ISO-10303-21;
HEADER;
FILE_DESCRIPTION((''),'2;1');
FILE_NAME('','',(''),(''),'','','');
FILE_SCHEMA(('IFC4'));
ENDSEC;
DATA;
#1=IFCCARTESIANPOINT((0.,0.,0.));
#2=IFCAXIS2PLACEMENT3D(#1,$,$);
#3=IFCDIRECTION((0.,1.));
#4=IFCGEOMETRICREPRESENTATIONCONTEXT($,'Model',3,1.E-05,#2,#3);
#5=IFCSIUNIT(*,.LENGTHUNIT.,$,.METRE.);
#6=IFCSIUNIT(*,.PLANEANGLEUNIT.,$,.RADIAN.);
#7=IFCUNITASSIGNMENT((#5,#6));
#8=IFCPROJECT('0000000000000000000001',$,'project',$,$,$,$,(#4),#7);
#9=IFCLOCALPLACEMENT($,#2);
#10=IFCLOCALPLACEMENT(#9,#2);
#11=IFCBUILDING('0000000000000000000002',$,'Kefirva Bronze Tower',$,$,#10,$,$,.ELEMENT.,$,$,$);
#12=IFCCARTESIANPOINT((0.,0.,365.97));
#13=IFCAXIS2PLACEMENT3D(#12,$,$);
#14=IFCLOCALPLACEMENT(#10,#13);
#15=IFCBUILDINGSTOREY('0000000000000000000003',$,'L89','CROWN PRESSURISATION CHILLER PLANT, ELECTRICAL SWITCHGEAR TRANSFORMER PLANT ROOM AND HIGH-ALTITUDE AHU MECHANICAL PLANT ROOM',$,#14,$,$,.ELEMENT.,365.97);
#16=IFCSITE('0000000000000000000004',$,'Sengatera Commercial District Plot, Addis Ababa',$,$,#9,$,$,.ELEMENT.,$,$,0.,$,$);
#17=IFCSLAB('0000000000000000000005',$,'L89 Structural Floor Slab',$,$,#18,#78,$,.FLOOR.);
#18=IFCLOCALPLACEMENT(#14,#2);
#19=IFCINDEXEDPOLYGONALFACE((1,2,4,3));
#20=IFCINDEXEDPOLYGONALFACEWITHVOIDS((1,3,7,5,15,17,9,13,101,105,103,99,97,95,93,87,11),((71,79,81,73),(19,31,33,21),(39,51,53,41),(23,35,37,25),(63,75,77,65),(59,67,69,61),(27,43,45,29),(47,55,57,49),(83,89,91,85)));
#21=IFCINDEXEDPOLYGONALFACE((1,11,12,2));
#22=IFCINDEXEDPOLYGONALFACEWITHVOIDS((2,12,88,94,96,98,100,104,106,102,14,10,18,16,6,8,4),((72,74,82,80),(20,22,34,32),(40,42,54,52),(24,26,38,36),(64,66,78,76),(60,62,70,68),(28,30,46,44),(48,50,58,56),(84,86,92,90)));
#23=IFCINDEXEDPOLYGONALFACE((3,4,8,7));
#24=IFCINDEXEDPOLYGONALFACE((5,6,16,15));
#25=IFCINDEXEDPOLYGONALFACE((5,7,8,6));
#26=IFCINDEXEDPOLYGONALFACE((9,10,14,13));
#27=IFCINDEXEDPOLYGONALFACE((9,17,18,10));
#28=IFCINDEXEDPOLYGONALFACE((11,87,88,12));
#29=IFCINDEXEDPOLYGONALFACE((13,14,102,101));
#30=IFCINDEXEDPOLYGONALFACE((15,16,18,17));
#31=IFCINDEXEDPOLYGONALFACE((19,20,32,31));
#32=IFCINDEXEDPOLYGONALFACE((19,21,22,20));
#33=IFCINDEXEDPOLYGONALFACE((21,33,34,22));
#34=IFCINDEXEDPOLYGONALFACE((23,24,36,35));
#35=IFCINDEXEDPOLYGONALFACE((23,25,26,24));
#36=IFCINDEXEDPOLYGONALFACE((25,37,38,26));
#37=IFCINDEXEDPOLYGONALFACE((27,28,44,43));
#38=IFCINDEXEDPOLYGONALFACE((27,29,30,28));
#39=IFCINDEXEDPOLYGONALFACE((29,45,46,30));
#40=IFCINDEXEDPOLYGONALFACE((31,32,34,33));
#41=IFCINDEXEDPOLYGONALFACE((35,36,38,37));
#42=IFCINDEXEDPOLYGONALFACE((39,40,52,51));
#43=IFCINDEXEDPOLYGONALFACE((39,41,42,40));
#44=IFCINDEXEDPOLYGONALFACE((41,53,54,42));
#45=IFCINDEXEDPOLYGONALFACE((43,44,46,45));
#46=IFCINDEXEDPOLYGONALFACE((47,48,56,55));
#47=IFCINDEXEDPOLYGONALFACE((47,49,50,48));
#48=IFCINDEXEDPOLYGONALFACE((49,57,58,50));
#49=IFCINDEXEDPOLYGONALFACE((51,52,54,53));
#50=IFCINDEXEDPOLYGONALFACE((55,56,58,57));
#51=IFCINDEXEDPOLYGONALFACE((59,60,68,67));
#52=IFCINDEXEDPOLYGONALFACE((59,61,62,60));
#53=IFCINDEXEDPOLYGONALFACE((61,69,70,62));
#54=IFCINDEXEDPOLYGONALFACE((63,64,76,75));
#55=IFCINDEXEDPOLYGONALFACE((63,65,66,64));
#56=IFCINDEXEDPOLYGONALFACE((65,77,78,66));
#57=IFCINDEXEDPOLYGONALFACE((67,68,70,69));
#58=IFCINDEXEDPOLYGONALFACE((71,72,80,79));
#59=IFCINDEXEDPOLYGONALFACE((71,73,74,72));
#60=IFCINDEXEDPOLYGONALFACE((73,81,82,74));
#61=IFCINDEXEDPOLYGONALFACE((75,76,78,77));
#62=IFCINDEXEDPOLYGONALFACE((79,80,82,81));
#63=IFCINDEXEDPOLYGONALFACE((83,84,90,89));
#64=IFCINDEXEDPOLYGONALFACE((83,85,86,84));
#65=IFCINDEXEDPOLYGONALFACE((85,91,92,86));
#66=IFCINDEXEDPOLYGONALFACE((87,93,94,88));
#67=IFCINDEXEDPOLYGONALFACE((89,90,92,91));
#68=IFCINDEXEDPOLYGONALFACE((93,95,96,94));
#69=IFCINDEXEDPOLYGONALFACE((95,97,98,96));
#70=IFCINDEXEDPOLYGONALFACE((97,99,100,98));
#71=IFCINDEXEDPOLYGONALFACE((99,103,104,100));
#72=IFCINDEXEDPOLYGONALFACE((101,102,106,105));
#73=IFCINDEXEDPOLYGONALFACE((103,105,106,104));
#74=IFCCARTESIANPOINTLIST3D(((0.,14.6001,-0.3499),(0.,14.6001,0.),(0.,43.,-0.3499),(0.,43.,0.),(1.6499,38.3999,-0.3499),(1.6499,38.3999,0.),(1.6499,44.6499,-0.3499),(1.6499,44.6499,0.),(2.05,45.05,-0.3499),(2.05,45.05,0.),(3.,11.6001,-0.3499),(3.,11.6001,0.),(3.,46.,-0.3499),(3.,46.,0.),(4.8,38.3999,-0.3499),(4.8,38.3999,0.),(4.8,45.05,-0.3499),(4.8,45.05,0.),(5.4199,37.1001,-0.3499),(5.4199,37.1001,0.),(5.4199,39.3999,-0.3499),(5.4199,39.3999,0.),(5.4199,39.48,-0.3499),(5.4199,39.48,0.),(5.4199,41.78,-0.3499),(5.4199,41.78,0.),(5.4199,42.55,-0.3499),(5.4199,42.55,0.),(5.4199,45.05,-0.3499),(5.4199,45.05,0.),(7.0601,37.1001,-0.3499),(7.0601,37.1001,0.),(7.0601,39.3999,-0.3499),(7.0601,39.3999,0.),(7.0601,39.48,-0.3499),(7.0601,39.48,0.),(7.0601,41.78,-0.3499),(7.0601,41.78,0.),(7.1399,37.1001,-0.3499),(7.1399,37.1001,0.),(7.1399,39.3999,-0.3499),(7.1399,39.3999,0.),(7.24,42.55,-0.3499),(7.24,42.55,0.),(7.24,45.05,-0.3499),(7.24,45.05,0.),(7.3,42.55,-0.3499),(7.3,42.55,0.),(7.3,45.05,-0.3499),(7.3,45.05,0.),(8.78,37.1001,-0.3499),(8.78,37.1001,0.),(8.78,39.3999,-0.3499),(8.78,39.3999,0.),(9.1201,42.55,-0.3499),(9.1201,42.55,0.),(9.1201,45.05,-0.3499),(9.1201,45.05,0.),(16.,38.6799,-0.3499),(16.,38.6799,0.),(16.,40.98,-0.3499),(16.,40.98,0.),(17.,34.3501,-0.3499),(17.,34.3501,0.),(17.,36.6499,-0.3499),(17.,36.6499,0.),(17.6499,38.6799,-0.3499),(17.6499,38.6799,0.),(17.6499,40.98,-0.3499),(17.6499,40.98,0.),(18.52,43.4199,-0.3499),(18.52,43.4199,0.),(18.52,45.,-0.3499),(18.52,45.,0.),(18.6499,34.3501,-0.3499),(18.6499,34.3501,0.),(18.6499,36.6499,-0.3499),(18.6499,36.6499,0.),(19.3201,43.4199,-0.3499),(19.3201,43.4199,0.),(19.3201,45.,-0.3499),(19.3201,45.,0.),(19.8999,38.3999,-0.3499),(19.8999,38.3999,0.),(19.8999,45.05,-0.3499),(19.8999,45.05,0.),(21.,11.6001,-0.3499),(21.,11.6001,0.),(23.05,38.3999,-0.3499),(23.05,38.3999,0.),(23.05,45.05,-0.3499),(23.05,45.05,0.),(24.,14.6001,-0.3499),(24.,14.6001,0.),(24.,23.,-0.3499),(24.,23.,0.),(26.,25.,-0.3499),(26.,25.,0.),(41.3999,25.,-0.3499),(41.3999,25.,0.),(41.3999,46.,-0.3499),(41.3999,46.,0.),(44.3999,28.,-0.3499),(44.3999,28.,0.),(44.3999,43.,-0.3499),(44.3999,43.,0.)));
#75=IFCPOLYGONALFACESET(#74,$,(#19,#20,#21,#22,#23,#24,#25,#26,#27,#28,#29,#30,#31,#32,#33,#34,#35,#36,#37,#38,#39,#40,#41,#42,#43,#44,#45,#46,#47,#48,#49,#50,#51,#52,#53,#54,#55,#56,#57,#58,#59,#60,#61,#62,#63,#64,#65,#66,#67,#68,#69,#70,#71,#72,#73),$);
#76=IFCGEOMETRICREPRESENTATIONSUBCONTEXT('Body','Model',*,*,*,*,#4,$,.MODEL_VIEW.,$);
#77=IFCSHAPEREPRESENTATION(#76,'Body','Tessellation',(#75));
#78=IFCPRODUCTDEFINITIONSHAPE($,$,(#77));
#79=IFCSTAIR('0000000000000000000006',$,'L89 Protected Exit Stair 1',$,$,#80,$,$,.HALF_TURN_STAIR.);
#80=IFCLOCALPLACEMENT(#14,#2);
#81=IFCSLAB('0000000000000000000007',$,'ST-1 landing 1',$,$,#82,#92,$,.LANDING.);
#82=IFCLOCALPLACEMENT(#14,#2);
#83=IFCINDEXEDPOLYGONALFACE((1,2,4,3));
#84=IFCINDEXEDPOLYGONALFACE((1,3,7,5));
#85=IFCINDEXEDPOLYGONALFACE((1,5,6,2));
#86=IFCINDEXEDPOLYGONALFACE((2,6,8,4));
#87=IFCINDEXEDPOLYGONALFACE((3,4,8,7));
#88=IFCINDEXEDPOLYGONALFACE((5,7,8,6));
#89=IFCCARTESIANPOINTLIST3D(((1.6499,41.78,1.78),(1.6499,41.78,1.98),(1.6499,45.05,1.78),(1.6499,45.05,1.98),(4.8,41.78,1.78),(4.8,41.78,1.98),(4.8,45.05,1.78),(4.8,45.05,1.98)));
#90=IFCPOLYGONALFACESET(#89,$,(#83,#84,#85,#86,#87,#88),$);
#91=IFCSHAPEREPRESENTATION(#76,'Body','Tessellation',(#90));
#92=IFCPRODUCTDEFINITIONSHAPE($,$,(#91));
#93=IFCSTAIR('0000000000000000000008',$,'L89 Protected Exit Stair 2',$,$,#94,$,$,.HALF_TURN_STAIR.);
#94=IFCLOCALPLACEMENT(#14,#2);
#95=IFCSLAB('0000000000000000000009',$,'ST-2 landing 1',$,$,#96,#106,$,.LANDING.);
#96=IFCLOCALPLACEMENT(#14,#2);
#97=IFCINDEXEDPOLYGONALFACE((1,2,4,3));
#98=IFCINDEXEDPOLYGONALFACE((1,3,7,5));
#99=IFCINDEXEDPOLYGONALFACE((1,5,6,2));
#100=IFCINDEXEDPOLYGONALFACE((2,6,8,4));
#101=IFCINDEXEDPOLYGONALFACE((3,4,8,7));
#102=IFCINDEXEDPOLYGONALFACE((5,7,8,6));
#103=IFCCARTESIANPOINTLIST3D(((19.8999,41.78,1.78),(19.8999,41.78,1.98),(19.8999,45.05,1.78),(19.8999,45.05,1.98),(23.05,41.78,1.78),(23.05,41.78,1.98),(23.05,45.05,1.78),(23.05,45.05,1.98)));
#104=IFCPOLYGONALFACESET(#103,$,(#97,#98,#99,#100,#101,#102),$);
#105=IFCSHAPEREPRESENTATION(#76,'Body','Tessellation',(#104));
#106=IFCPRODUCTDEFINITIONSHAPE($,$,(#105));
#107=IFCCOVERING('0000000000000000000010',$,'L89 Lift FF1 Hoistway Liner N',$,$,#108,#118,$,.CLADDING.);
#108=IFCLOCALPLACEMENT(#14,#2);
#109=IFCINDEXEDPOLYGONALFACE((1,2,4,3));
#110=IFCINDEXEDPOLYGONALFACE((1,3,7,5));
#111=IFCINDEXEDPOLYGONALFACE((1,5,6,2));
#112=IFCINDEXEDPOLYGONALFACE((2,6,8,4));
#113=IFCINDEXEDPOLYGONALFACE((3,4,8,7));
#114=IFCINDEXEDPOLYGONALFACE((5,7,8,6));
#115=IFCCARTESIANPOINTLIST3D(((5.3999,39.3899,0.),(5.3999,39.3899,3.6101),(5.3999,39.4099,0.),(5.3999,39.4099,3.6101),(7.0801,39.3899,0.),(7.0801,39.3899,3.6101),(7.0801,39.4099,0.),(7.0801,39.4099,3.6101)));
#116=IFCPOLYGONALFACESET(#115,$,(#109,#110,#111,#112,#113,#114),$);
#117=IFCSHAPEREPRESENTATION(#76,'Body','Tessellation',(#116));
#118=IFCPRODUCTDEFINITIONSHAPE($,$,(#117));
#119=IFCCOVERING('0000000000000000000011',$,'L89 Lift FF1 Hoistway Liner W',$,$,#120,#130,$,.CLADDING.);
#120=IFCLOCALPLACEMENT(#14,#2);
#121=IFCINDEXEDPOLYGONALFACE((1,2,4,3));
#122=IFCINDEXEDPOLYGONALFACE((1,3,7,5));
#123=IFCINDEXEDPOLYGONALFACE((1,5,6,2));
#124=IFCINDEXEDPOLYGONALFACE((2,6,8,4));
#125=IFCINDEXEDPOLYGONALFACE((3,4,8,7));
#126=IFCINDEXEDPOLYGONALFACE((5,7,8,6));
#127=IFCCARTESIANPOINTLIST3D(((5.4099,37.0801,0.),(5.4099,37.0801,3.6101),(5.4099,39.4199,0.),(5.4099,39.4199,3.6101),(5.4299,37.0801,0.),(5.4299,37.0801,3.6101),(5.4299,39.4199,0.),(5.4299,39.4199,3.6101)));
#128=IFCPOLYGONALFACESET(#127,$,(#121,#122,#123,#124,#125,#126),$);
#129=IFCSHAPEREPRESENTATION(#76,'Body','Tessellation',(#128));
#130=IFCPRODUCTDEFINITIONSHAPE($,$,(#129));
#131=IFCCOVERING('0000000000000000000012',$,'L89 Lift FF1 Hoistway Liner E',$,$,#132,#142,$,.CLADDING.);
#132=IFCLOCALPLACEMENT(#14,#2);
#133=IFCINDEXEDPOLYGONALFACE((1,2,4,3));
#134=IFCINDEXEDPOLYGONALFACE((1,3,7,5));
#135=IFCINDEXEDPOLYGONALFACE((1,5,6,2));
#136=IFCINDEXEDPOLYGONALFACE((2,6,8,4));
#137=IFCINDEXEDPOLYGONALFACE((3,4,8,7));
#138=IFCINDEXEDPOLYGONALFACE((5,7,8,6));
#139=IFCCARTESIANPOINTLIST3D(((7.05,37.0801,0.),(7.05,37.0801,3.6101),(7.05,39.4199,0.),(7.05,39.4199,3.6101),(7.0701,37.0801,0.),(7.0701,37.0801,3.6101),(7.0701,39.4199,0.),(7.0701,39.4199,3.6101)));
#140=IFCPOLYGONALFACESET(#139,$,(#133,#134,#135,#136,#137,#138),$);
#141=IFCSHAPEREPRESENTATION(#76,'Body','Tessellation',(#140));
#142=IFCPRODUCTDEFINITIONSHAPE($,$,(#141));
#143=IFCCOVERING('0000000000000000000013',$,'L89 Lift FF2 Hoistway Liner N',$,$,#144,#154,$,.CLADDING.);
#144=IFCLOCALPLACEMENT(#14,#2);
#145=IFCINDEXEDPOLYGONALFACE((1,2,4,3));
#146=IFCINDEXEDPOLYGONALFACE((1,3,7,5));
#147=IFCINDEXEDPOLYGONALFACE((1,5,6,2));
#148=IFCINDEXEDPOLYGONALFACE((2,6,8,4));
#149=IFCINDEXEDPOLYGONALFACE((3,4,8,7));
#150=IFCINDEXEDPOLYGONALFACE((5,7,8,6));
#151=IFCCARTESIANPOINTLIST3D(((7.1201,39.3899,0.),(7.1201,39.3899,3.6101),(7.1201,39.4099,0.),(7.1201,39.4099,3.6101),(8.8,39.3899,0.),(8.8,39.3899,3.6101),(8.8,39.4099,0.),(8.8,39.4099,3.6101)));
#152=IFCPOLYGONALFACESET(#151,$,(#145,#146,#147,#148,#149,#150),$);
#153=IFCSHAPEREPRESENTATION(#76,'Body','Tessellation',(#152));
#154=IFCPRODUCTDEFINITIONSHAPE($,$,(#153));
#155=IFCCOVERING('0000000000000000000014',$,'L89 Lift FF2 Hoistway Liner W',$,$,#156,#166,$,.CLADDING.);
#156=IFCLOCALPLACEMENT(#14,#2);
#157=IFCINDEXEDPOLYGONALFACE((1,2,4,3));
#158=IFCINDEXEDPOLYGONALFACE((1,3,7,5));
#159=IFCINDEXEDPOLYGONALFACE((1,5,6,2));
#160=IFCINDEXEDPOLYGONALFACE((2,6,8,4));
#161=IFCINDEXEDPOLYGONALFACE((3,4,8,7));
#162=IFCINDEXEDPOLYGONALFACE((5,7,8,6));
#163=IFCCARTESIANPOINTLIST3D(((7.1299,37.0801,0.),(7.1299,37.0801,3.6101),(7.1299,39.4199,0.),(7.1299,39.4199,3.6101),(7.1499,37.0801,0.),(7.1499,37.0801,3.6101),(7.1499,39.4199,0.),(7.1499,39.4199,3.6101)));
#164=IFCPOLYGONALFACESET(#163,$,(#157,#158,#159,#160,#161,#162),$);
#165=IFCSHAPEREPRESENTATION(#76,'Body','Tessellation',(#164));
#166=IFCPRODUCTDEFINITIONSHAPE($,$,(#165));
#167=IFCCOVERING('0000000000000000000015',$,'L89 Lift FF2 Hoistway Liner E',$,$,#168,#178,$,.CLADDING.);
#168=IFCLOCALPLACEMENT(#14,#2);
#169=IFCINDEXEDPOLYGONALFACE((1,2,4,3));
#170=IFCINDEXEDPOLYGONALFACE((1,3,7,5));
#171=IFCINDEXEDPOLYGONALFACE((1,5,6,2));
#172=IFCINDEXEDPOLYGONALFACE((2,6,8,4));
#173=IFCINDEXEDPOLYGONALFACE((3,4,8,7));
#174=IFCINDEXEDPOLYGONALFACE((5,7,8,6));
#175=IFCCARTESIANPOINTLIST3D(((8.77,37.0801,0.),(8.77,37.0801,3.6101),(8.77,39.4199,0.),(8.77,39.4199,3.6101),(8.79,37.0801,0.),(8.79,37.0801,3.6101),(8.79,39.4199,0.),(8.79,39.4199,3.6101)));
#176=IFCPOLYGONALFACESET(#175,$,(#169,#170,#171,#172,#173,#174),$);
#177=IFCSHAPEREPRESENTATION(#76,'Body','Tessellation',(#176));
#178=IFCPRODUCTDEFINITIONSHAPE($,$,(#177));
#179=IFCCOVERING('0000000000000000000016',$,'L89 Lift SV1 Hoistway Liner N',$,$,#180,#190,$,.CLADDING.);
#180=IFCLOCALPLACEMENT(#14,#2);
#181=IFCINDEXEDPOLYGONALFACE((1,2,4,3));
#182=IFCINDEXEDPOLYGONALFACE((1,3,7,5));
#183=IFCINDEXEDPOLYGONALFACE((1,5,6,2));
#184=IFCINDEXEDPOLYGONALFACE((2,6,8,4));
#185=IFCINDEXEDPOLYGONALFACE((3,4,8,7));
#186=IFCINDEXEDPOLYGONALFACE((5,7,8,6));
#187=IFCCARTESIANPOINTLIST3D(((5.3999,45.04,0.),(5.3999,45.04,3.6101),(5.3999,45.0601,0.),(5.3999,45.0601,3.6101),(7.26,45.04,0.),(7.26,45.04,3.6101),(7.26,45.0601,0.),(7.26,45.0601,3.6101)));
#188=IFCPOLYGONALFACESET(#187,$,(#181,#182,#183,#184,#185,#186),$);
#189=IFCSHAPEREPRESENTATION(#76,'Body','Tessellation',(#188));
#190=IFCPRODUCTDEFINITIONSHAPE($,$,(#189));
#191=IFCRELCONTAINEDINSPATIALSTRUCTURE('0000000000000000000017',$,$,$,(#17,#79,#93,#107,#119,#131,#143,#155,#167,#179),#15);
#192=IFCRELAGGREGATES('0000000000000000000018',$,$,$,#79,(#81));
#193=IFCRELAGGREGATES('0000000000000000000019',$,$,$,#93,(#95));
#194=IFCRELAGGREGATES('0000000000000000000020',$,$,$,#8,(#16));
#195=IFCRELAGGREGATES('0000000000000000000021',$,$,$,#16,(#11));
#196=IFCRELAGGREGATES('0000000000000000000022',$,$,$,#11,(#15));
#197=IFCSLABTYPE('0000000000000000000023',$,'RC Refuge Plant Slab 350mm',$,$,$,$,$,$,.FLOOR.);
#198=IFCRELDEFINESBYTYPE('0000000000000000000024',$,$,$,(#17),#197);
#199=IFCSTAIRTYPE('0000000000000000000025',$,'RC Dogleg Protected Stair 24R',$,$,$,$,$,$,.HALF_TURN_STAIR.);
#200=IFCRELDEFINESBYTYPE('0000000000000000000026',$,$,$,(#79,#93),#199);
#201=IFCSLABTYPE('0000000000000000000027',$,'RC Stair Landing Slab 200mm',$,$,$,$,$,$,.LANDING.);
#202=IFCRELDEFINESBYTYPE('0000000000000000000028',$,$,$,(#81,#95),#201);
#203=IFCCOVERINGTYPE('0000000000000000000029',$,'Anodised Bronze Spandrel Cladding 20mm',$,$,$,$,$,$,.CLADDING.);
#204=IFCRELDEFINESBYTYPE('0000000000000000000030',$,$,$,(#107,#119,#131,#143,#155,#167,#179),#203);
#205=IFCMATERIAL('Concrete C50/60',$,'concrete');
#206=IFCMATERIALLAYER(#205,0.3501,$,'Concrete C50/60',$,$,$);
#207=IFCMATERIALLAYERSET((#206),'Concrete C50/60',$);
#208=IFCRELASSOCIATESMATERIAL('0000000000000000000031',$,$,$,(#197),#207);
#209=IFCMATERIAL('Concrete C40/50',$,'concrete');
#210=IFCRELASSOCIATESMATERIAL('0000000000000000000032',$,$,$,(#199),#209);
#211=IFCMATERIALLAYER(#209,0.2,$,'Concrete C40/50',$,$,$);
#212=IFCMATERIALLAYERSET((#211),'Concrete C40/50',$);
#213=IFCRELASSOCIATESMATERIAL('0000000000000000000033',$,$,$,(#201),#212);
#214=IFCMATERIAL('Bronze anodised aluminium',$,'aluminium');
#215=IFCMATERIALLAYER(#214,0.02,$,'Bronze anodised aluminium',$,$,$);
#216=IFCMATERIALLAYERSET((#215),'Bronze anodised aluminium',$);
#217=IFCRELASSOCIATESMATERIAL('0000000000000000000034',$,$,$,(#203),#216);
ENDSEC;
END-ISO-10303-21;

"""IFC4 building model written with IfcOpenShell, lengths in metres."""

from ifc_helpers import new_model, si_unit, direction, frame, origin, place, context, subcontext, project, spatial, polyline, outline, extrude, material, layer, layer_set, type_object, element, aggregate, save


model = new_model("IFC4")

# Units and contexts
model_context = context("Model", 3, precision=1e-05, world=origin(), true_north=direction((0.0, 1.0)))
body_context = subcontext(model_context, "Body", "Model", "MODEL_VIEW")
ifc_project = project(units=[si_unit("LENGTHUNIT", "METRE"), si_unit("PLANEANGLEUNIT", "RADIAN")], contexts=[model_context])

# Site, building, storey
site_placement = place(None, origin())
site = spatial("IfcSite", under=ifc_project, at=site_placement, Name="Sengatera Commercial District Plot, Addis Ababa", CompositionType="ELEMENT", RefElevation=0.0)
building_placement = place(site_placement, origin())
building = spatial("IfcBuilding", under=site, at=building_placement, Name="Kefirva Bronze Tower", CompositionType="ELEMENT")
storey_placement = place(building_placement, frame((0.0, 0.0, 365.97)))
storey = spatial("IfcBuildingStorey", under=building, at=storey_placement, Name="L89", Description="CROWN PRESSURISATION CHILLER PLANT, ELECTRICAL SWITCHGEAR TRANSFORMER PLANT ROOM AND HIGH-ALTITUDE AHU MECHANICAL PLANT ROOM", CompositionType="ELEMENT", Elevation=365.97)

# Slab
ifc_material_1 = material(Name="Concrete C50/60", Category="concrete")
ifc_layer_1 = layer(ifc_material_1, 0.3501, Name="Concrete C50/60")
ifc_layer_set_1 = layer_set([ifc_layer_1], Name="Concrete C50/60")
slab_type_1 = type_object("IfcSlabType", Name="RC Refuge Plant Slab 350mm", PredefinedType="FLOOR", material=ifc_layer_set_1)
slab_1_placement = place(storey_placement, frame((0.0, 0.0, -0.3499)))
element("IfcSlab", 1, at=slab_1_placement, inside=storey, type_object=slab_type_1, Name="L89 Structural Floor Slab", PredefinedType="FLOOR", context=body_context, shape_type="SweptSolid", body=[
    extrude(outline(polyline([(0.0, 14.6001), (0.0, 43.0), (1.6499, 44.6499), (1.6499, 38.3999), (4.8, 38.3999), (4.8, 45.05), (2.05, 45.05), (3.0, 46.0), (41.3999, 46.0), (44.3999, 43.0), (44.3999, 28.0), (41.3999, 25.0), (26.0, 25.0), (24.0, 23.0), (24.0, 14.6001), (21.0, 11.6001), (3.0, 11.6001), (0.0, 14.6001)]), holes=[polyline([(23.05, 45.05), (19.8999, 45.05), (19.8999, 38.3999), (23.05, 38.3999), (23.05, 45.05)]), polyline([(19.3201, 43.4199), (19.3201, 45.0), (18.52, 45.0), (18.52, 43.4199), (19.3201, 43.4199)]), polyline([(18.6499, 36.6499), (17.0, 36.6499), (17.0, 34.3501), (18.6499, 34.3501), (18.6499, 36.6499)]), polyline([(17.6499, 38.6799), (17.6499, 40.98), (16.0, 40.98), (16.0, 38.6799), (17.6499, 38.6799)]), polyline([(9.1201, 42.55), (9.1201, 45.05), (7.3, 45.05), (7.3, 42.55), (9.1201, 42.55)]), polyline([(8.78, 39.3999), (7.1399, 39.3999), (7.1399, 37.1001), (8.78, 37.1001), (8.78, 39.3999)]), polyline([(7.24, 45.05), (5.4199, 45.05), (5.4199, 42.55), (7.24, 42.55), (7.24, 45.05)]), polyline([(7.0601, 39.48), (7.0601, 41.78), (5.4199, 41.78), (5.4199, 39.48), (7.0601, 39.48)]), polyline([(7.0601, 39.3999), (5.4199, 39.3999), (5.4199, 37.1001), (7.0601, 37.1001), (7.0601, 39.3999)])]), origin(), (0.0, 0.0, 1.0), 0.3499),
])

# Stairs, slabs
ifc_material_2 = material(Name="Concrete C40/50", Category="concrete")
stair_type = type_object("IfcStairType", Name="RC Dogleg Protected Stair 24R", PredefinedType="HALF_TURN_STAIR", material=ifc_material_2)
stair_1_placement = place(storey_placement, origin())
stair_1 = element("IfcStair", 2, at=stair_1_placement, inside=storey, type_object=stair_type, Name="L89 Protected Exit Stair 1", PredefinedType="HALF_TURN_STAIR")
ifc_layer_2 = layer(ifc_material_2, 0.2, Name="Concrete C40/50")
ifc_layer_set_2 = layer_set([ifc_layer_2], Name="Concrete C40/50")
slab_type_2 = type_object("IfcSlabType", Name="RC Stair Landing Slab 200mm", PredefinedType="LANDING", material=ifc_layer_set_2)
slab_2_placement = place(storey_placement, frame((0.0, 0.0, 1.78)))
slab_2 = element("IfcSlab", 3, at=slab_2_placement, type_object=slab_type_2, Name="ST-1 landing 1", PredefinedType="LANDING", context=body_context, shape_type="SweptSolid", body=[
    extrude(outline(polyline([(4.8, 41.78), (4.8, 45.05), (1.6499, 45.05), (1.6499, 41.78), (4.8, 41.78)])), origin(), (0.0, 0.0, 1.0), 0.2),
])
aggregate(stair_1, [slab_2])
stair_2_placement = place(storey_placement, origin())
stair_2 = element("IfcStair", 4, at=stair_2_placement, inside=storey, type_object=stair_type, Name="L89 Protected Exit Stair 2", PredefinedType="HALF_TURN_STAIR")
slab_3_placement = place(storey_placement, frame((0.0, 0.0, 1.78)))
slab_3 = element("IfcSlab", 5, at=slab_3_placement, type_object=slab_type_2, Name="ST-2 landing 1", PredefinedType="LANDING", context=body_context, shape_type="SweptSolid", body=[
    extrude(outline(polyline([(23.05, 41.78), (23.05, 45.05), (19.8999, 45.05), (19.8999, 41.78), (23.05, 41.78)])), origin(), (0.0, 0.0, 1.0), 0.2),
])
aggregate(stair_2, [slab_3])

# Coverings
ifc_material_3 = material(Name="Bronze anodised aluminium", Category="aluminium")
ifc_layer_3 = layer(ifc_material_3, 0.02, Name="Bronze anodised aluminium")
ifc_layer_set_3 = layer_set([ifc_layer_3], Name="Bronze anodised aluminium")
covering_type = type_object("IfcCoveringType", Name="Anodised Bronze Spandrel Cladding 20mm", PredefinedType="CLADDING", material=ifc_layer_set_3)
covering_1_placement = place(storey_placement, origin())
element("IfcCovering", 6, at=covering_1_placement, inside=storey, type_object=covering_type, Name="L89 Lift FF1 Hoistway Liner N", PredefinedType="CLADDING", context=body_context, shape_type="SweptSolid", body=[
    extrude(outline(polyline([(5.3999, 39.3899), (7.0801, 39.3899), (7.0801, 39.4099), (5.3999, 39.4099), (5.3999, 39.3899)])), origin(), (0.0, 0.0, 1.0), 3.6101),
])
covering_2_placement = place(storey_placement, origin())
element("IfcCovering", 7, at=covering_2_placement, inside=storey, type_object=covering_type, Name="L89 Lift FF1 Hoistway Liner W", PredefinedType="CLADDING", context=body_context, shape_type="SweptSolid", body=[
    extrude(outline(polyline([(5.4099, 37.0801), (5.4299, 37.0801), (5.4299, 39.4199), (5.4099, 39.4199), (5.4099, 37.0801)])), origin(), (0.0, 0.0, 1.0), 3.6101),
])
covering_3_placement = place(storey_placement, origin())
element("IfcCovering", 8, at=covering_3_placement, inside=storey, type_object=covering_type, Name="L89 Lift FF1 Hoistway Liner E", PredefinedType="CLADDING", context=body_context, shape_type="SweptSolid", body=[
    extrude(outline(polyline([(7.05, 37.0801), (7.0701, 37.0801), (7.0701, 39.4199), (7.05, 39.4199), (7.05, 37.0801)])), origin(), (0.0, 0.0, 1.0), 3.6101),
])
covering_4_placement = place(storey_placement, origin())
element("IfcCovering", 9, at=covering_4_placement, inside=storey, type_object=covering_type, Name="L89 Lift FF2 Hoistway Liner N", PredefinedType="CLADDING", context=body_context, shape_type="SweptSolid", body=[
    extrude(outline(polyline([(7.1201, 39.3899), (8.8, 39.3899), (8.8, 39.4099), (7.1201, 39.4099), (7.1201, 39.3899)])), origin(), (0.0, 0.0, 1.0), 3.6101),
])
covering_5_placement = place(storey_placement, origin())
element("IfcCovering", 10, at=covering_5_placement, inside=storey, type_object=covering_type, Name="L89 Lift FF2 Hoistway Liner W", PredefinedType="CLADDING", context=body_context, shape_type="SweptSolid", body=[
    extrude(outline(polyline([(7.1299, 37.0801), (7.1499, 37.0801), (7.1499, 39.4199), (7.1299, 39.4199), (7.1299, 37.0801)])), origin(), (0.0, 0.0, 1.0), 3.6101),
])
covering_6_placement = place(storey_placement, origin())
element("IfcCovering", 11, at=covering_6_placement, inside=storey, type_object=covering_type, Name="L89 Lift FF2 Hoistway Liner E", PredefinedType="CLADDING", context=body_context, shape_type="SweptSolid", body=[
    extrude(outline(polyline([(8.77, 37.0801), (8.79, 37.0801), (8.79, 39.4199), (8.77, 39.4199), (8.77, 37.0801)])), origin(), (0.0, 0.0, 1.0), 3.6101),
])
covering_7_placement = place(storey_placement, origin())
element("IfcCovering", 12, at=covering_7_placement, inside=storey, type_object=covering_type, Name="L89 Lift SV1 Hoistway Liner N", PredefinedType="CLADDING", context=body_context, shape_type="SweptSolid", body=[
    extrude(outline(polyline([(5.3999, 45.04), (7.26, 45.04), (7.26, 45.0601), (5.3999, 45.0601), (5.3999, 45.04)])), origin(), (0.0, 0.0, 1.0), 3.6101),
])

save(model, "model.ifc")
